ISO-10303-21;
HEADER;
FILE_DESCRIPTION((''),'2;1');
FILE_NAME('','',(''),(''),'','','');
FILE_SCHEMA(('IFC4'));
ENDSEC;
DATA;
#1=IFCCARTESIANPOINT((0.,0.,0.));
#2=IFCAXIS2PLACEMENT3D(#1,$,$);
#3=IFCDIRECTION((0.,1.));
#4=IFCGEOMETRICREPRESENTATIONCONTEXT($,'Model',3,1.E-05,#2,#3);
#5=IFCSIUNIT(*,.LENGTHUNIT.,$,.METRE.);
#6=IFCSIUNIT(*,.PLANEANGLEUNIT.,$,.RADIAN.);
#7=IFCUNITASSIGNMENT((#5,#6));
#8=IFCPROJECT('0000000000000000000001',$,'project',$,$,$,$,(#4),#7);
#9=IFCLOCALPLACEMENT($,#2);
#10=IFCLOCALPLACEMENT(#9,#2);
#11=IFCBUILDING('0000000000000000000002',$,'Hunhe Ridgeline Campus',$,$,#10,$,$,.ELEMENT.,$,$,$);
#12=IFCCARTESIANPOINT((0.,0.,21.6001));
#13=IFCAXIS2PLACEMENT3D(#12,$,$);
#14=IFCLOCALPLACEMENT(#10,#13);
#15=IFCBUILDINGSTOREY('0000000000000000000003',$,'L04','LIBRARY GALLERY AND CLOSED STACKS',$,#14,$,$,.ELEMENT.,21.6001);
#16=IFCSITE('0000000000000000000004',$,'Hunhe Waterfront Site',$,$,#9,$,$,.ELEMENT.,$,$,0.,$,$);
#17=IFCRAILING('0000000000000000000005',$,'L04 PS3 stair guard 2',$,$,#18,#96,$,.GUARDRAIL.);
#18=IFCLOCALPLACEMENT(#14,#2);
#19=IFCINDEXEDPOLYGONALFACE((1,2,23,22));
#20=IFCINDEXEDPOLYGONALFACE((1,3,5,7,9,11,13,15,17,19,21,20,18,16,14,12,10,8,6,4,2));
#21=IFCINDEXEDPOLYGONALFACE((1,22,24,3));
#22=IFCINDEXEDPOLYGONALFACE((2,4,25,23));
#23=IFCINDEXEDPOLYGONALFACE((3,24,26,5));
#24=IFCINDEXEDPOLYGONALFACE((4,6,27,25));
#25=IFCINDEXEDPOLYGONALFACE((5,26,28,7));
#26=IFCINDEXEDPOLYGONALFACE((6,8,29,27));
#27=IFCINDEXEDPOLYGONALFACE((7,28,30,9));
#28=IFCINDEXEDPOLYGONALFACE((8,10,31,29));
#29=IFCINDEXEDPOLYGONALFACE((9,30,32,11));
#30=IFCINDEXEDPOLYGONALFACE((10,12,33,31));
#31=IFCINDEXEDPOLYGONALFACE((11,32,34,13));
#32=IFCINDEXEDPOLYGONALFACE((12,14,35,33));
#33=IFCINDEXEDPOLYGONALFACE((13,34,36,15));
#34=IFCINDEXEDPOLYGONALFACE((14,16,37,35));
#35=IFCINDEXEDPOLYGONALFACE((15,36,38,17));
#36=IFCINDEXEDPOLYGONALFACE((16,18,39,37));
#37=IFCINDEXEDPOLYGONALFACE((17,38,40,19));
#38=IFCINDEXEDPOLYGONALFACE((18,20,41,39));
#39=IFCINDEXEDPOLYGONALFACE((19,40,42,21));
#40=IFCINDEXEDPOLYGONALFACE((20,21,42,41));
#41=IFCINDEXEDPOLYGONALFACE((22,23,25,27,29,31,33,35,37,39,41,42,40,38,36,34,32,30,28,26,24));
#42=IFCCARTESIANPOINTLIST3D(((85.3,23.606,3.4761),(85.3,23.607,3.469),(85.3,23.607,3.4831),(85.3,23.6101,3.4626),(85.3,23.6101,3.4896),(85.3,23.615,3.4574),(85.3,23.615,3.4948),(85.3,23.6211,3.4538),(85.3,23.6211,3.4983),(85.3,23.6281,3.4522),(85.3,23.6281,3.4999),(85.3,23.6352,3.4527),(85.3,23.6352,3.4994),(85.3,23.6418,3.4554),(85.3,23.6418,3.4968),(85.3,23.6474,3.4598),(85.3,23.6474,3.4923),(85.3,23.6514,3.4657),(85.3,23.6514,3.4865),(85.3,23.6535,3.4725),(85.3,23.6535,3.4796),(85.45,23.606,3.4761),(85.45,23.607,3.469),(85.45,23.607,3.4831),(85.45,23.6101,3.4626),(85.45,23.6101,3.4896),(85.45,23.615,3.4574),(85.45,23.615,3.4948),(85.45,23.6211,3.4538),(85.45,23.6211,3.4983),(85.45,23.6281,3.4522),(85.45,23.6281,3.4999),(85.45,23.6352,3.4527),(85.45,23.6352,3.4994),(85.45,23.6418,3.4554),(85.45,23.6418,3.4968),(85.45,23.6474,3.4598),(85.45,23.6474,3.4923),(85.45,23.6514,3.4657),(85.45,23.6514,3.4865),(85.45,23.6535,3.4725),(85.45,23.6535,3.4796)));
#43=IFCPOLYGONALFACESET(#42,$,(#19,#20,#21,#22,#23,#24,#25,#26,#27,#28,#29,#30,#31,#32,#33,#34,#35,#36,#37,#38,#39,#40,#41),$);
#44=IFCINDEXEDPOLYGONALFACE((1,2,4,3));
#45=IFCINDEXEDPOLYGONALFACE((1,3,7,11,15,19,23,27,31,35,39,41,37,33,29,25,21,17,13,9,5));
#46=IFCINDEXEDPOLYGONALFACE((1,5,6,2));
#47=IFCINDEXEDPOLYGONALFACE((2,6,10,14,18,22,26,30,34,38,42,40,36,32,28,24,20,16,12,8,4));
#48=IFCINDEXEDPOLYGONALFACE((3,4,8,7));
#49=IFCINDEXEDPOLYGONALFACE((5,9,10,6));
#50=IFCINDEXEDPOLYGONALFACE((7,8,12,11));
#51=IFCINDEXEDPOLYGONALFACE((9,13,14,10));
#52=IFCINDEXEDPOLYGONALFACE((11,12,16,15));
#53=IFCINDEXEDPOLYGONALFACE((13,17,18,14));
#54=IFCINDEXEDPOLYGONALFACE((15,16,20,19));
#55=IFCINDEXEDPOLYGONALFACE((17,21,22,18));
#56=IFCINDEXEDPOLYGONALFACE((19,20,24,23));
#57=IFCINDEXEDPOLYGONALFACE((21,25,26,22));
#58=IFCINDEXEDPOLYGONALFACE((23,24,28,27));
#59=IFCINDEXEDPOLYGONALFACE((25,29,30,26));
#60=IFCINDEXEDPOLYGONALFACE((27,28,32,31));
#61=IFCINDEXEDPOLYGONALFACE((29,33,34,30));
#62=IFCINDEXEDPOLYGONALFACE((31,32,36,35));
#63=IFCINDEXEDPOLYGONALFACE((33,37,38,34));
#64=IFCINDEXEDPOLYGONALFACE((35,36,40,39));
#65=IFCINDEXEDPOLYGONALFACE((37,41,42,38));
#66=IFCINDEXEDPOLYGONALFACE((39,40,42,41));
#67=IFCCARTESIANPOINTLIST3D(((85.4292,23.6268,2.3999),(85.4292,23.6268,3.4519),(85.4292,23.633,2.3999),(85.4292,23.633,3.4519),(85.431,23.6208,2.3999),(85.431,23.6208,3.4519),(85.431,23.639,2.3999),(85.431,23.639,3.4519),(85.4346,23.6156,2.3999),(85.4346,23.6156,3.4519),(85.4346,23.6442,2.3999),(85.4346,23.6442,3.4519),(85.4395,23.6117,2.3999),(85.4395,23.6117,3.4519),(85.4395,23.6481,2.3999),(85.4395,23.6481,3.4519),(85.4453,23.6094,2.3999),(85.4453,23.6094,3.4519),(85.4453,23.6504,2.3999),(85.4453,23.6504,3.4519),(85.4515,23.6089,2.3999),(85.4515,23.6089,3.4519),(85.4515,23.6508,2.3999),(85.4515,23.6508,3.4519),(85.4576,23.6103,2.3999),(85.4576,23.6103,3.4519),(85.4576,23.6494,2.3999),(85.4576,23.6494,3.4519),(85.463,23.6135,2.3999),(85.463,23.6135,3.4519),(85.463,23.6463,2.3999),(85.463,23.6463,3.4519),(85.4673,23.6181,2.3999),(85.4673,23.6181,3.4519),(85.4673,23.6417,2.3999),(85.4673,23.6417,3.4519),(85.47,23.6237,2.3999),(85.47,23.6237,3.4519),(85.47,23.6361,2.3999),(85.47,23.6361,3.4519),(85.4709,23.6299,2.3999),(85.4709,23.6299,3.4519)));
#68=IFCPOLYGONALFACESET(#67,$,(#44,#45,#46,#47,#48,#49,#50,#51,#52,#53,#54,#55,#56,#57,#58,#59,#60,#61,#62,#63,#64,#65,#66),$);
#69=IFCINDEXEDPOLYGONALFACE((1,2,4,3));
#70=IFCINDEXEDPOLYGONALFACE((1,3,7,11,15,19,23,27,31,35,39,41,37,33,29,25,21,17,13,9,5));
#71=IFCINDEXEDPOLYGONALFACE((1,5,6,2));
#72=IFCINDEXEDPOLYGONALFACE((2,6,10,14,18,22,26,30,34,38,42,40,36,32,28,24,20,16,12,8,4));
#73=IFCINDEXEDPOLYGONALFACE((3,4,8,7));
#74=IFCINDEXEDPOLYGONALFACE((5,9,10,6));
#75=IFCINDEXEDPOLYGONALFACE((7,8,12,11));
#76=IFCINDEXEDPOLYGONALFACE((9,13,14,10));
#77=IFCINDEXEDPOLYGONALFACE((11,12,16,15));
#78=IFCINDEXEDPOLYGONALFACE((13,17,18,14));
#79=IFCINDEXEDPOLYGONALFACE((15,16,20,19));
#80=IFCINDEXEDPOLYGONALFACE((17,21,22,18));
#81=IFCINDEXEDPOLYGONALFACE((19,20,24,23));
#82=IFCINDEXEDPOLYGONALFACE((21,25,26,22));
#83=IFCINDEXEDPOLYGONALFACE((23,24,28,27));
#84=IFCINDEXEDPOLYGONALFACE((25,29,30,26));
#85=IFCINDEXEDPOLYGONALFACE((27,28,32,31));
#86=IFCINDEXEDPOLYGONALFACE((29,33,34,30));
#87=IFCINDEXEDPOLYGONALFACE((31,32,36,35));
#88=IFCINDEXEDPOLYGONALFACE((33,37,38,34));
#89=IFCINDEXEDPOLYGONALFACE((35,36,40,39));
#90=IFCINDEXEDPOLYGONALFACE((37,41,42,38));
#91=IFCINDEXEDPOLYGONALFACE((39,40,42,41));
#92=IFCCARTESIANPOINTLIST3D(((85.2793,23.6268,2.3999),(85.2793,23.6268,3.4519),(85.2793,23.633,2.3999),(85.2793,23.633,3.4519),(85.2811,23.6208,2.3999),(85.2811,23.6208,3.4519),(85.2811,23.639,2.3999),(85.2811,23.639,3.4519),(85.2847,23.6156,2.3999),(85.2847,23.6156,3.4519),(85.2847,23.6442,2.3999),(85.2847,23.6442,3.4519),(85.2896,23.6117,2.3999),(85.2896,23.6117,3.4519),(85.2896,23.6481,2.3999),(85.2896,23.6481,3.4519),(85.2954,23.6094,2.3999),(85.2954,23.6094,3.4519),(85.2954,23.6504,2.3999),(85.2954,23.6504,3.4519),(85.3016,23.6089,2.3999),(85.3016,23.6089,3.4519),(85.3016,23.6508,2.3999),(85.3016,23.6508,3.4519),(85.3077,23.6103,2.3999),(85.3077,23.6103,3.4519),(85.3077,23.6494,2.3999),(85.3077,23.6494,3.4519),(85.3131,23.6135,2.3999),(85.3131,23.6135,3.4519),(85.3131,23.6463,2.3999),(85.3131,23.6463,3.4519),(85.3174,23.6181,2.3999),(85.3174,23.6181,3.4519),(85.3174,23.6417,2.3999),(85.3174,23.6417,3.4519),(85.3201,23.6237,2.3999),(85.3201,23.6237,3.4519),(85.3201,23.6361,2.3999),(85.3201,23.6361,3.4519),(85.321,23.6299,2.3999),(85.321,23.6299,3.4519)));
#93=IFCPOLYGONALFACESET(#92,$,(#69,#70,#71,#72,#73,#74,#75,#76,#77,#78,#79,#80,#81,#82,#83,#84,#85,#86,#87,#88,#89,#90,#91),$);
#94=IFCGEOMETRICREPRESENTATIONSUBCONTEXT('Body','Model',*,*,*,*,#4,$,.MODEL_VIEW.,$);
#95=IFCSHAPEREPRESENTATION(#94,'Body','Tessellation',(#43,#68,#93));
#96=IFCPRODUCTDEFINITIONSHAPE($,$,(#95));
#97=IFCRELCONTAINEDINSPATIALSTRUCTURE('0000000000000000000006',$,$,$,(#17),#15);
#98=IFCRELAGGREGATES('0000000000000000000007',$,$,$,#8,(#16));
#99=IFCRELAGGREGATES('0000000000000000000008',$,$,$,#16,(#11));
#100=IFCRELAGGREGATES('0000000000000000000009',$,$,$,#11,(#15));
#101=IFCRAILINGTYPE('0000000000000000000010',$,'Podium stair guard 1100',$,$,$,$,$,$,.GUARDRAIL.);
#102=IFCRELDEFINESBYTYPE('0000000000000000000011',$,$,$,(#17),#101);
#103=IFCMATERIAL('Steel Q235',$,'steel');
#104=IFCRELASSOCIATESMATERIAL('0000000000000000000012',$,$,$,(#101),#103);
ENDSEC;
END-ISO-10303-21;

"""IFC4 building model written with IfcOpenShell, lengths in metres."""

from ifc_helpers import new_model, si_unit, direction, frame, origin, origin_2d, place, context, subcontext, project, spatial, circle, extrude, material, type_object, element, save


model = new_model("IFC4")

# Units and contexts
model_context = context("Model", 3, precision=1e-05, world=origin(), true_north=direction((0.0, 1.0)))
body_context = subcontext(model_context, "Body", "Model", "MODEL_VIEW")
ifc_project = project(units=[si_unit("LENGTHUNIT", "METRE"), si_unit("PLANEANGLEUNIT", "RADIAN")], contexts=[model_context])

# Site, building, storey
site_placement = place(None, origin())
site = spatial("IfcSite", under=ifc_project, at=site_placement, Name="Hunhe Waterfront Site", CompositionType="ELEMENT", RefElevation=0.0)
building_placement = place(site_placement, origin())
building = spatial("IfcBuilding", under=site, at=building_placement, Name="Hunhe Ridgeline Campus", CompositionType="ELEMENT")
storey_placement = place(building_placement, frame((0.0, 0.0, 21.6001)))
storey = spatial("IfcBuildingStorey", under=building, at=storey_placement, Name="L04", Description="LIBRARY GALLERY AND CLOSED STACKS", CompositionType="ELEMENT", Elevation=21.6001)

# Shared definitions
ifc_material_1 = material(Name="Steel Q235", Category="steel")

# Railing
railing_type_1 = type_object("IfcRailingType", Name="Podium stair guard 1100", PredefinedType="GUARDRAIL", material=ifc_material_1)
railing_1_placement = place(storey_placement, frame((85.45, 23.6299, 2.3999)))
element("IfcRailing", 1, at=railing_1_placement, inside=storey, type_object=railing_type_1, Name="L04 PS3 stair guard 2", PredefinedType="GUARDRAIL", context=body_context, shape_type="SweptSolid", body=[
    extrude(circle(Radius=0.0239, at=origin_2d()), frame((0.0, 0.0, 1.0762), z_axis=(-1.0, 0.0, 0.0), x_axis=(0.0, -1.0, 0.0)), (0.0, 0.0, 1.0), 0.1499),
    extrude(circle(Radius=0.021, at=origin_2d()), origin(), (0.0, 0.0, 1.0), 1.052),
    extrude(circle(Radius=0.021, at=origin_2d()), frame((-0.1499, 0.0, 0.0)), (0.0, 0.0, 1.0), 1.052),
])

save(model, "model.ifc")
